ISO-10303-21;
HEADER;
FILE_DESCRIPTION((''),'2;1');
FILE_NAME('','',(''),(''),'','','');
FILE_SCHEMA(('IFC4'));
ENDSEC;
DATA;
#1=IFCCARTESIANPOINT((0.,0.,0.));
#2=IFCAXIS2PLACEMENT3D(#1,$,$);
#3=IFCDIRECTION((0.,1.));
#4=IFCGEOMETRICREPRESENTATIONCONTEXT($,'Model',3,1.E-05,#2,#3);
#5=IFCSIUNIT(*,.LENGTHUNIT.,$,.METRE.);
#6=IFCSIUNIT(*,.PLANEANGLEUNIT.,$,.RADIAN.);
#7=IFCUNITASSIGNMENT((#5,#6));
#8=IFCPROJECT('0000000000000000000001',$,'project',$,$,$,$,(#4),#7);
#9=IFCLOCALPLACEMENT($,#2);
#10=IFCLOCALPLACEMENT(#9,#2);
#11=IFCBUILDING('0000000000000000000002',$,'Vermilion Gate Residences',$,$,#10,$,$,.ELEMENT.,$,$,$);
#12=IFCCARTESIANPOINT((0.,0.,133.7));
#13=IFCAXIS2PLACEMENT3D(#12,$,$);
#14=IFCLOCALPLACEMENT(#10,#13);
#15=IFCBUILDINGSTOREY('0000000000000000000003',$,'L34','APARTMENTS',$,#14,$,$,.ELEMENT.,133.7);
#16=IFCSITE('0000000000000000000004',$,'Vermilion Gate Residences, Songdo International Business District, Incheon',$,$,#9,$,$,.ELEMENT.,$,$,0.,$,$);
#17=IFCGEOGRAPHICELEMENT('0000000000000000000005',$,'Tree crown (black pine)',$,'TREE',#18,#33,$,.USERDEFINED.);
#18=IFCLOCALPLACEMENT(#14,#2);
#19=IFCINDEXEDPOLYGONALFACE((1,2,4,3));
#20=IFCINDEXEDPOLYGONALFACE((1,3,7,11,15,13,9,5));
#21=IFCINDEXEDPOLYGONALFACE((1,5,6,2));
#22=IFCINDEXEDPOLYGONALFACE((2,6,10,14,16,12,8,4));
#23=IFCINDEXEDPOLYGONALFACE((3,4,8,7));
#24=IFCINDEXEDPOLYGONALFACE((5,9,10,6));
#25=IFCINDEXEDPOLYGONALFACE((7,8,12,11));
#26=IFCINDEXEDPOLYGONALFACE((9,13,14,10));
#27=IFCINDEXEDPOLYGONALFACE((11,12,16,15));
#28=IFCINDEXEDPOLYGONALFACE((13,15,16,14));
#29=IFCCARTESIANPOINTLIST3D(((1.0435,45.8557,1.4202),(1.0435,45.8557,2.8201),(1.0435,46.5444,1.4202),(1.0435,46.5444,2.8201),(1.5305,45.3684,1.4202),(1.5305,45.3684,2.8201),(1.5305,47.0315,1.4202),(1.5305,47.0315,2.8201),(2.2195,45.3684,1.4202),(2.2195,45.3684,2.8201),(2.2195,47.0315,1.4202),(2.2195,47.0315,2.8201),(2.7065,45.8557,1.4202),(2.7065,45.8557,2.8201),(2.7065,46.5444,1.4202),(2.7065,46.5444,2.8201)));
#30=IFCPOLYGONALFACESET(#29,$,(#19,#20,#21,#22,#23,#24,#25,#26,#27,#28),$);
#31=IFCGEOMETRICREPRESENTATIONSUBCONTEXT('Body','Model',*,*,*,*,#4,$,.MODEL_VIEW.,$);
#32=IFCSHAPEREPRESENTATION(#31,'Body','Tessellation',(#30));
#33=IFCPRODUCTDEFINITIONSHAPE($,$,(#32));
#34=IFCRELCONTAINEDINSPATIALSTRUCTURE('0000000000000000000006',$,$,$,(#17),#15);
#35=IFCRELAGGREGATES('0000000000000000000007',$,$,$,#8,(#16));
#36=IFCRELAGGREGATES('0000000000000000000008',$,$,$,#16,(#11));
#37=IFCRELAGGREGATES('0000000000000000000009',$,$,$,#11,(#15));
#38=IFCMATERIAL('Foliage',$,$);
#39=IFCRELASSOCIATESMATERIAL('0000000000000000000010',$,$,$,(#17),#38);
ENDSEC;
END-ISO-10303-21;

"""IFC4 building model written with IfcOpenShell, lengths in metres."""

from ifc_helpers import new_model, si_unit, direction, frame, origin, place, context, subcontext, project, spatial, polyline, outline, extrude, material, element, save


model = new_model("IFC4")

# Units and contexts
model_context = context("Model", 3, precision=1e-05, world=origin(), true_north=direction((0.0, 1.0)))
body_context = subcontext(model_context, "Body", "Model", "MODEL_VIEW")
ifc_project = project(units=[si_unit("LENGTHUNIT", "METRE"), si_unit("PLANEANGLEUNIT", "RADIAN")], contexts=[model_context])

# Site, building, storey
site_placement = place(None, origin())
site = spatial("IfcSite", under=ifc_project, at=site_placement, Name="Vermilion Gate Residences, Songdo International Business District, Incheon", CompositionType="ELEMENT", RefElevation=0.0)
building_placement = place(site_placement, origin())
building = spatial("IfcBuilding", under=site, at=building_placement, Name="Vermilion Gate Residences", CompositionType="ELEMENT")
storey_placement = place(building_placement, frame((0.0, 0.0, 133.7)))
storey = spatial("IfcBuildingStorey", under=building, at=storey_placement, Name="L34", Description="APARTMENTS", CompositionType="ELEMENT", Elevation=133.7)

# Geographic element
ifc_material_1 = material(Name="Foliage")
geographic_element_1_placement = place(storey_placement, frame((0.0, 0.0, 1.4202)))
element("IfcGeographicElement", 1, at=geographic_element_1_placement, inside=storey, material=ifc_material_1, Name="Tree crown (black pine)", ObjectType="TREE", PredefinedType="USERDEFINED", context=body_context, shape_type="SweptSolid", body=[
    extrude(outline(polyline([(2.7065, 46.5444), (2.2195, 47.0315), (1.5305, 47.0315), (1.0435, 46.5444), (1.0435, 45.8557), (1.5305, 45.3684), (2.2195, 45.3684), (2.7065, 45.8557), (2.7065, 46.5444)])), origin(), (0.0, 0.0, 1.0), 1.3999),
])

save(model, "model.ifc")
